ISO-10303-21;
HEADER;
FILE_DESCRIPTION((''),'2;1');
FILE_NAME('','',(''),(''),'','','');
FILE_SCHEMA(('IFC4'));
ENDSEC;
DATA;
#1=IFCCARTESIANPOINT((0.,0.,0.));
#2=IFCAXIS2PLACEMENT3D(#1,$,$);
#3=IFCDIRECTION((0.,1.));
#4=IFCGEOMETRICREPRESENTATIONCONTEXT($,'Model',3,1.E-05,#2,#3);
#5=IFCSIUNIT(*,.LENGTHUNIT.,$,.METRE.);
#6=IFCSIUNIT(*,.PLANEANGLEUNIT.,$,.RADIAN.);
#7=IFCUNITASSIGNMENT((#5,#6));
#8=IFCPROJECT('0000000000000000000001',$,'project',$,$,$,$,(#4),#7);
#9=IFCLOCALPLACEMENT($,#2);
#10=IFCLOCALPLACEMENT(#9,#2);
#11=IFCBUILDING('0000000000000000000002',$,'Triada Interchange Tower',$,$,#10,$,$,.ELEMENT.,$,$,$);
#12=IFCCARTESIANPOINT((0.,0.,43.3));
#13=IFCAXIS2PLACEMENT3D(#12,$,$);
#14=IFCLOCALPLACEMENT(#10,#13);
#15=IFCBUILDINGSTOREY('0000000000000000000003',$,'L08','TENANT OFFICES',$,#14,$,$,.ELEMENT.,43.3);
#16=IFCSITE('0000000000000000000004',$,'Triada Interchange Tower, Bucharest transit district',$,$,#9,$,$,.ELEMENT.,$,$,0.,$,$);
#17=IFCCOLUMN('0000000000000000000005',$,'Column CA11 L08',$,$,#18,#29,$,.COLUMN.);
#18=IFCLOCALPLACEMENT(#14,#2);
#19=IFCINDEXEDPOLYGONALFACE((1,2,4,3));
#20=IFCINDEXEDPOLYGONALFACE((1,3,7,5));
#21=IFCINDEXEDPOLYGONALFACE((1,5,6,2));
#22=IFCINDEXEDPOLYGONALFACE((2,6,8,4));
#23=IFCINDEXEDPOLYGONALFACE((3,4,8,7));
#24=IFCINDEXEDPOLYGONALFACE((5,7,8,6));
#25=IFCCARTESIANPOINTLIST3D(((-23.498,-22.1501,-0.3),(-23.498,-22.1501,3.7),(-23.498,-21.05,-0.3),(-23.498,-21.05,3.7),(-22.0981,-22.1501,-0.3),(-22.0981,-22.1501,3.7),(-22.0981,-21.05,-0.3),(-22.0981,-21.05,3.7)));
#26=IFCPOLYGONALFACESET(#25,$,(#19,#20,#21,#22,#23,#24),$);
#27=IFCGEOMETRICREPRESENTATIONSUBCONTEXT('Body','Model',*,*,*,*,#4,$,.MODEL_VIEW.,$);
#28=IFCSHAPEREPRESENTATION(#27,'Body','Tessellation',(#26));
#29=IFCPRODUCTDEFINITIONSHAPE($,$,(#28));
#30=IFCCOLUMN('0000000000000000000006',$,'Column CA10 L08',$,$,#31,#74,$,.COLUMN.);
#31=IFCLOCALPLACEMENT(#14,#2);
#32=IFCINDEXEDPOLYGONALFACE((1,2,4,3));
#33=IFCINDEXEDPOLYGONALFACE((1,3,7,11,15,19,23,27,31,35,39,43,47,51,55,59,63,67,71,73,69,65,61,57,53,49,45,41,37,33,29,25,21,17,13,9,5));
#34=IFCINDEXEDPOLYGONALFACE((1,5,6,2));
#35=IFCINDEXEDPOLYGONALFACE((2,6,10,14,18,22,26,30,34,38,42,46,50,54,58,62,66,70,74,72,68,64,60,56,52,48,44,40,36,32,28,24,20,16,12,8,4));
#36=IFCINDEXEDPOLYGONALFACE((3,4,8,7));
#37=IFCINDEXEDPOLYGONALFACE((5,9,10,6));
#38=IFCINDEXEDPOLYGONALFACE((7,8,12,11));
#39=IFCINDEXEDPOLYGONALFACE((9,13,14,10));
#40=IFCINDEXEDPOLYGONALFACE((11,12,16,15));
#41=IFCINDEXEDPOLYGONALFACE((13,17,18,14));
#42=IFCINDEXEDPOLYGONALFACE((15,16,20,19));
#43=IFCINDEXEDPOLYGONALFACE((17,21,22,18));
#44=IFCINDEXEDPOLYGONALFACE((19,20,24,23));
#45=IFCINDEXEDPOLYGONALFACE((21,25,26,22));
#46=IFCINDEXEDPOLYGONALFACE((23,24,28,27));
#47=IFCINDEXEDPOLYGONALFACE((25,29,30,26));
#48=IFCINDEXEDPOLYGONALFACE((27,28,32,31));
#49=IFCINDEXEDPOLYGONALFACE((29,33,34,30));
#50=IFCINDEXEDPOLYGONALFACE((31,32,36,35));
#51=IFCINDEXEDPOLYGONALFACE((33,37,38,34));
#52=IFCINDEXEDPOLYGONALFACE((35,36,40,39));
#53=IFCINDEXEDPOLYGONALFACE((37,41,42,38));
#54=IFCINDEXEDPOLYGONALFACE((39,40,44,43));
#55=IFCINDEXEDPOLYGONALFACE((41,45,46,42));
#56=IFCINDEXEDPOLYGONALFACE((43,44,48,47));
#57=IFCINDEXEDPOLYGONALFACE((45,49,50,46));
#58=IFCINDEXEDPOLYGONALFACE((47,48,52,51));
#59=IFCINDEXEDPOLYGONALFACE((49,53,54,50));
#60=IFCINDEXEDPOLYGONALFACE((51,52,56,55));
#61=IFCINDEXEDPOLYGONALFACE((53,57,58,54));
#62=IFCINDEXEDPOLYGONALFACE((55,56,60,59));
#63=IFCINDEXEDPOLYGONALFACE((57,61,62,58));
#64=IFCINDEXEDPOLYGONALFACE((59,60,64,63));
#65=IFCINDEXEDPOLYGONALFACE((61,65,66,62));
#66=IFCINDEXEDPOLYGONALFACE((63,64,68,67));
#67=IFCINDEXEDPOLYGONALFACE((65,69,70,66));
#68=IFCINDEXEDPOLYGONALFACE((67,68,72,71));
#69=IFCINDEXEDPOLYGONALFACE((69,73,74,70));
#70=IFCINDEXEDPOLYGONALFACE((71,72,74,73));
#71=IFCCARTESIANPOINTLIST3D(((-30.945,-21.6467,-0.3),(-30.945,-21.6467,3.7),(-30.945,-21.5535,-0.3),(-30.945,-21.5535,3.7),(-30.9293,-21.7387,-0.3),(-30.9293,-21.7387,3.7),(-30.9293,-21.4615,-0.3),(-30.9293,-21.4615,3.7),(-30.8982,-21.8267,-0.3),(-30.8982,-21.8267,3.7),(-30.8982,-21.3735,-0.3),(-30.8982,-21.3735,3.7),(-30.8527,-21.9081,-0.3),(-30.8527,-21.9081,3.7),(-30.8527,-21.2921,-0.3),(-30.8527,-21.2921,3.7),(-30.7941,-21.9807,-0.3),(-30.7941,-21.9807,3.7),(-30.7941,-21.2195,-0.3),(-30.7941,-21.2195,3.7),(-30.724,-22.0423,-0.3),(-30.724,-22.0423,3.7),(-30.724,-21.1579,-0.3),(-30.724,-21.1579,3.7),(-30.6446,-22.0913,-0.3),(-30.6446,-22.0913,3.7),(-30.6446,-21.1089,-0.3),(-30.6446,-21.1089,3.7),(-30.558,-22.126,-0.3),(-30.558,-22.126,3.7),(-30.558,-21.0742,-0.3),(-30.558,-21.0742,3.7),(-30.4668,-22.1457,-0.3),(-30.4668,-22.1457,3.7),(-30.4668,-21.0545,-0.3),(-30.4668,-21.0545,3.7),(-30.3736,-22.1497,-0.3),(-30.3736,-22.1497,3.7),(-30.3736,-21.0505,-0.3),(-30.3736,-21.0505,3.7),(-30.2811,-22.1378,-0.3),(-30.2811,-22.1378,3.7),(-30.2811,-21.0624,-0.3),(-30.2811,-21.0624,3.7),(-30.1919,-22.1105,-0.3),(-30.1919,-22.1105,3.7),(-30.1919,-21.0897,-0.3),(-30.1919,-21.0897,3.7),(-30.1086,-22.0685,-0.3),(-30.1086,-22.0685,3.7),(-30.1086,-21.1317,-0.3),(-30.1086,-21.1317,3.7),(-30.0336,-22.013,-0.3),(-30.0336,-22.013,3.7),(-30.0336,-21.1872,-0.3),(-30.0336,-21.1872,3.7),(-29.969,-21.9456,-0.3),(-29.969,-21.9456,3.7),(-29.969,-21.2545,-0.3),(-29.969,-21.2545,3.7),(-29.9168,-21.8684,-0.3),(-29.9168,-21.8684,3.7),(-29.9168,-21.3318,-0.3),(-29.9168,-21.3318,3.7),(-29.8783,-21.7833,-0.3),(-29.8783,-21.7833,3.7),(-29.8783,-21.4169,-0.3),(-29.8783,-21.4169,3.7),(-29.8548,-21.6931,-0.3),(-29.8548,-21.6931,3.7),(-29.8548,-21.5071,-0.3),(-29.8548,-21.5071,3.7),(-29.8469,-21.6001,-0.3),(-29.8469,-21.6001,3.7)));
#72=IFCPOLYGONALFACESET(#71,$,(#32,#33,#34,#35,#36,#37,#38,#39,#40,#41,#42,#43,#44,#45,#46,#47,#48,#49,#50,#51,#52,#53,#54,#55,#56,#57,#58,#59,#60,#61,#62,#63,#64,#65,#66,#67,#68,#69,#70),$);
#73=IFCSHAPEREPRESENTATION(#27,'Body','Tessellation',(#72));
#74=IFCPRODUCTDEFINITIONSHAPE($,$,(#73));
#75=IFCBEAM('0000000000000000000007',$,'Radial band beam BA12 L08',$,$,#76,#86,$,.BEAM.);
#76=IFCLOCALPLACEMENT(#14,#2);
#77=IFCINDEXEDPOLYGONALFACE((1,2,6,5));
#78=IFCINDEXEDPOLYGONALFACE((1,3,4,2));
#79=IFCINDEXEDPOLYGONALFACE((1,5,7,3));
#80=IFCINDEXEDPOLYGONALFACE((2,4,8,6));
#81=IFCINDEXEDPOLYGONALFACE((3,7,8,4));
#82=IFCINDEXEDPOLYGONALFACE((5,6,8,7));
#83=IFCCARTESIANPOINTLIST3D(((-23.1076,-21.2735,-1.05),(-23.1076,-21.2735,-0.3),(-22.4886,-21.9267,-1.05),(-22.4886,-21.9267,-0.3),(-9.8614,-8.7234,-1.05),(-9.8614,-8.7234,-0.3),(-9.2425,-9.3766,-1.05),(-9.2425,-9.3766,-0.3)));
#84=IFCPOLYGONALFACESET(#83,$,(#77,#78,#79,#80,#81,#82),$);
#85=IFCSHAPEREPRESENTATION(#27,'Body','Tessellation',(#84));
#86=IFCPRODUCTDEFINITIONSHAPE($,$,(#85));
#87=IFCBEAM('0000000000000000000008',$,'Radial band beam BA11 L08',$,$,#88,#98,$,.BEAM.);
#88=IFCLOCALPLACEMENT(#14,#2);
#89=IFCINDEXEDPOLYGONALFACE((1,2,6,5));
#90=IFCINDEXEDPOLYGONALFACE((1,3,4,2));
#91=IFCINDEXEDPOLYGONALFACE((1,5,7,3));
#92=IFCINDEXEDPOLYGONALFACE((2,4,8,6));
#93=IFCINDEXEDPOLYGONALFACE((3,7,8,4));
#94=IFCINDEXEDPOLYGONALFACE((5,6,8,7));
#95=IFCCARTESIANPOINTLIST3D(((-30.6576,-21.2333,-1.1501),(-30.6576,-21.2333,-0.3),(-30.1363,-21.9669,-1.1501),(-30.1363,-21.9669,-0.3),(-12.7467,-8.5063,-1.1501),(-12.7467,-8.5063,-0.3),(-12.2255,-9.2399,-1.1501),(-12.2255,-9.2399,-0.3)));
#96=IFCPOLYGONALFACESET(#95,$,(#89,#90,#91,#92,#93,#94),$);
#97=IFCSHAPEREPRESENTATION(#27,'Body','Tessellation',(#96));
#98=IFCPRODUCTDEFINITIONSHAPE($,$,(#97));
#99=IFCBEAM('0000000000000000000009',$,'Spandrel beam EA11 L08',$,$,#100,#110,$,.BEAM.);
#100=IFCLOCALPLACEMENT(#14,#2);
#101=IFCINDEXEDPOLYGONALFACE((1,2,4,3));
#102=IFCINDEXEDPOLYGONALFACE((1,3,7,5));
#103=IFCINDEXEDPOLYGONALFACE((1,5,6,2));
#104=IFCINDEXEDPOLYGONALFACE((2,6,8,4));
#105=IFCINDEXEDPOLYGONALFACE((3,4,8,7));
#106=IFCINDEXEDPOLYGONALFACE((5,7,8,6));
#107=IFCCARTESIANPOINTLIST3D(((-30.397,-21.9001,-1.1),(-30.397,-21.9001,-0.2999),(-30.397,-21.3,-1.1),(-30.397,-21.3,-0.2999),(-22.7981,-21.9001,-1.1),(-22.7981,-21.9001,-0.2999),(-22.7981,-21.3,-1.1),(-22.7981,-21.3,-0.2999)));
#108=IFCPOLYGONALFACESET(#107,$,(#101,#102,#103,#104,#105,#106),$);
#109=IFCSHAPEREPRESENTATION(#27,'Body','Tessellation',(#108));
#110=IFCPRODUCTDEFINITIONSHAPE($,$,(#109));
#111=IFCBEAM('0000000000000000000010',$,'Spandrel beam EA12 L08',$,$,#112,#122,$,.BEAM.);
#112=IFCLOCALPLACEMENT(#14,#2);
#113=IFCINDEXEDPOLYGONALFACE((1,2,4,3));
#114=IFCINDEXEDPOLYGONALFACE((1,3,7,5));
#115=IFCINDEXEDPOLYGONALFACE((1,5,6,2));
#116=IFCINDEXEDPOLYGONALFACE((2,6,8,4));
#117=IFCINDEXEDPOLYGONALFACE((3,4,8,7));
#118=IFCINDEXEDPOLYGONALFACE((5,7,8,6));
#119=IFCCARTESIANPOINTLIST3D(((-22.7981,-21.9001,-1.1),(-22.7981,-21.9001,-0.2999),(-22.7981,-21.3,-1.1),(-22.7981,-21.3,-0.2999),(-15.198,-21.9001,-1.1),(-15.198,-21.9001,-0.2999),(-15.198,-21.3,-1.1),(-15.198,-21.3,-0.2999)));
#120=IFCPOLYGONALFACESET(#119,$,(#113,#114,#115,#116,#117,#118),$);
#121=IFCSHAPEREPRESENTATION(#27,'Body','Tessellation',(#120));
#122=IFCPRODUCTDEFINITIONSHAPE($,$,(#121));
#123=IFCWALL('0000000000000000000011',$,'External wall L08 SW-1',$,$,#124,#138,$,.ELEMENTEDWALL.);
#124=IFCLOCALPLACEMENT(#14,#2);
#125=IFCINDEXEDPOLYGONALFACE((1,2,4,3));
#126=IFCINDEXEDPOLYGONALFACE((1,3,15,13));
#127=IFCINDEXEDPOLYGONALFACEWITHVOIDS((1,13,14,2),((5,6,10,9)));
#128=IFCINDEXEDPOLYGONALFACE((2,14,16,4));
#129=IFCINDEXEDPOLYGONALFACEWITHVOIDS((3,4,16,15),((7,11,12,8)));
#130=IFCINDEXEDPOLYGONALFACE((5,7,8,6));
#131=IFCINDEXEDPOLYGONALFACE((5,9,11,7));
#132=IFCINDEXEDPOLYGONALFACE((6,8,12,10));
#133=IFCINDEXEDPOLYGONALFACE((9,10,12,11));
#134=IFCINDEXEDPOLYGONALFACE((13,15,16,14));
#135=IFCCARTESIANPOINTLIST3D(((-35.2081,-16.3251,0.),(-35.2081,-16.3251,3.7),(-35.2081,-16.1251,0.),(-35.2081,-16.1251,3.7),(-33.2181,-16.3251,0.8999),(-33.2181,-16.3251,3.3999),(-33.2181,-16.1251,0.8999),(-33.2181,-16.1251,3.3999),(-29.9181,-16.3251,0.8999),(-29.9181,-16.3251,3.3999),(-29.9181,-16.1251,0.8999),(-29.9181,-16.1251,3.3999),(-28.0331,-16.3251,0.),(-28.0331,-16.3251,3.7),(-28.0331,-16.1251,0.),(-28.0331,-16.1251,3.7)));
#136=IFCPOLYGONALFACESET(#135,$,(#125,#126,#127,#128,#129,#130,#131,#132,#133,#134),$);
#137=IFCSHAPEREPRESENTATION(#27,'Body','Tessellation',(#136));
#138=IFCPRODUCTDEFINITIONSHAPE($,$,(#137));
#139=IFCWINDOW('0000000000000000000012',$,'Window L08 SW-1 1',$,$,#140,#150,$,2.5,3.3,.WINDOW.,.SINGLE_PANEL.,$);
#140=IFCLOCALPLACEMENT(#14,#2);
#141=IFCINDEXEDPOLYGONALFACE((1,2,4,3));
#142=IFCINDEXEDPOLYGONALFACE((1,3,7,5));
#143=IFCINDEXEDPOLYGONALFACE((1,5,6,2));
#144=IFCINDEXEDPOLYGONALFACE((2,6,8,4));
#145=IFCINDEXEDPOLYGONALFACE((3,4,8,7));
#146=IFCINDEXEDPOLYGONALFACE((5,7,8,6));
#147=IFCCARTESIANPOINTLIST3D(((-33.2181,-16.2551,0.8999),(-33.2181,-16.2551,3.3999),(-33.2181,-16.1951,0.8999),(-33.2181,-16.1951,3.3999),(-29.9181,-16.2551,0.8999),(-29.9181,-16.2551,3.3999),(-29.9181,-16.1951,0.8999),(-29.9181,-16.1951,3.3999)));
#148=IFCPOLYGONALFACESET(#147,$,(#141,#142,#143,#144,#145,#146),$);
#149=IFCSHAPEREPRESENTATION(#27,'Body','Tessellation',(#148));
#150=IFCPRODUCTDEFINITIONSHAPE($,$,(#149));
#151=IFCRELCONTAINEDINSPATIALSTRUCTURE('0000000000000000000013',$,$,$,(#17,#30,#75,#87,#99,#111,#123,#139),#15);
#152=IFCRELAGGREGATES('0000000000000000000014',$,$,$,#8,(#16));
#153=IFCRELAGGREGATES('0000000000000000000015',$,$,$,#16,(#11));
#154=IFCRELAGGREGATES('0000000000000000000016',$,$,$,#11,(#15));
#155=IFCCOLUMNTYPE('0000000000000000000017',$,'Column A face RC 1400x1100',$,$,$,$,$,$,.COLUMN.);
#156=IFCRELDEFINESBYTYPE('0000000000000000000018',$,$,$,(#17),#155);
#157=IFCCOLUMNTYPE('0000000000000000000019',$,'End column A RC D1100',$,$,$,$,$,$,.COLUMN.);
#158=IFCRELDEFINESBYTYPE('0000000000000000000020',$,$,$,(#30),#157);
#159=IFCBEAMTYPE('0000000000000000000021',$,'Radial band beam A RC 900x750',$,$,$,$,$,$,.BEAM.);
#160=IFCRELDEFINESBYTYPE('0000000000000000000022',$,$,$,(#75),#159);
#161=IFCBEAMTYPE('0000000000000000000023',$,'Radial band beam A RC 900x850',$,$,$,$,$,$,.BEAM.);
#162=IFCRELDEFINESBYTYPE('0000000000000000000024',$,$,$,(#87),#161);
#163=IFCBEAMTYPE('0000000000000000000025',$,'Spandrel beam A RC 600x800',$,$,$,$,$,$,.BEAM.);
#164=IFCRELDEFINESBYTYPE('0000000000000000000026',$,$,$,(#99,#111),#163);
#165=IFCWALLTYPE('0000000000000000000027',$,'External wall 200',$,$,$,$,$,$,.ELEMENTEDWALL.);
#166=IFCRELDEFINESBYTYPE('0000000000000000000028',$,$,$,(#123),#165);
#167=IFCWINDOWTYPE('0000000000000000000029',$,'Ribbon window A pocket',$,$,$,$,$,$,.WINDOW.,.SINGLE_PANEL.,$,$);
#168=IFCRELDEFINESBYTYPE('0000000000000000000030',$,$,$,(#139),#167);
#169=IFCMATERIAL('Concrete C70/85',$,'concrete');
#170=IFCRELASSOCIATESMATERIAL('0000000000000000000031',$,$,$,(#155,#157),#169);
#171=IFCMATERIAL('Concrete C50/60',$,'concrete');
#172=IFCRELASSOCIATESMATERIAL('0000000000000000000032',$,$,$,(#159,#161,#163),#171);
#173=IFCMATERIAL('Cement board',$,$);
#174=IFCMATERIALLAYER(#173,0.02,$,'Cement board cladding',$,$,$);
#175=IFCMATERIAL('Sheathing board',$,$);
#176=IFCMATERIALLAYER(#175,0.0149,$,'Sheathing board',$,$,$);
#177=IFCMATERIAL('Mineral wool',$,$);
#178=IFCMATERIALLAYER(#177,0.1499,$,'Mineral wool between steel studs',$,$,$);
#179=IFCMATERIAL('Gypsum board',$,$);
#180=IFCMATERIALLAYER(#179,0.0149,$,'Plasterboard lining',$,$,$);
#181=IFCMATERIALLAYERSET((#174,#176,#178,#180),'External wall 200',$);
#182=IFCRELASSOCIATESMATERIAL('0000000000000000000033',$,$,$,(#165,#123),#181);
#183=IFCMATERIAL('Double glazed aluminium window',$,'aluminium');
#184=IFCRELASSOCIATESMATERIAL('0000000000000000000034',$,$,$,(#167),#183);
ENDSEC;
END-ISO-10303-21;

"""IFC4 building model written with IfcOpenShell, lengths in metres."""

from ifc_helpers import new_model, si_unit, direction, frame, frame_2d, origin, origin_2d, place, context, subcontext, project, spatial, rectangle, circle, extrude, material, layer, layer_set, layer_usage, material_profile, profile_set, type_object, element, fill, save


model = new_model("IFC4")

# Units and contexts
model_context = context("Model", 3, precision=1e-05, world=origin(), true_north=direction((0.0, 1.0)))
body_context = subcontext(model_context, "Body", "Model", "MODEL_VIEW")
ifc_project = project(units=[si_unit("LENGTHUNIT", "METRE"), si_unit("PLANEANGLEUNIT", "RADIAN")], contexts=[model_context])

# Site, building, storey
site_placement = place(None, origin())
site = spatial("IfcSite", under=ifc_project, at=site_placement, Name="Triada Interchange Tower, Bucharest transit district", CompositionType="ELEMENT", RefElevation=0.0)
building_placement = place(site_placement, origin())
building = spatial("IfcBuilding", under=site, at=building_placement, Name="Triada Interchange Tower", CompositionType="ELEMENT")
storey_placement = place(building_placement, frame((0.0, 0.0, 43.3)))
storey = spatial("IfcBuildingStorey", under=building, at=storey_placement, Name="L08", Description="TENANT OFFICES", CompositionType="ELEMENT", Elevation=43.3)

# Columns
ifc_material_1 = material(Name="Concrete C70/85", Category="concrete")
ifc_material_profile_1 = material_profile(ifc_material_1, rectangle(XDim=1.3999, YDim=1.1001, at=origin_2d()), Name="RC 1400x1100")
ifc_profile_set_1 = profile_set([ifc_material_profile_1], Name="Concrete C70/85")
column_type_1 = type_object("IfcColumnType", Name="Column A face RC 1400x1100", PredefinedType="COLUMN", material=ifc_profile_set_1)
column_1_placement = place(storey_placement, frame((-22.7981, -21.6001, -0.3), z_axis=(0.0, 0.0, 1.0), x_axis=(1.0, 0.0, 0.0)))
element("IfcColumn", 1, at=column_1_placement, inside=storey, type_object=column_type_1, Name="Column CA11 L08", PredefinedType="COLUMN", context=body_context, shape_type="SweptSolid", body=[
    extrude(rectangle(XDim=1.3999, YDim=1.1001, at=origin_2d()), origin(), (0.0, 0.0, 1.0), 4.0),
])
ifc_material_profile_2 = material_profile(ifc_material_1, circle(Radius=0.55, at=origin_2d()), Name="RC D1100")
ifc_profile_set_2 = profile_set([ifc_material_profile_2], Name="Concrete C70/85")
column_type_2 = type_object("IfcColumnType", Name="End column A RC D1100", PredefinedType="COLUMN", material=ifc_profile_set_2)
column_2_placement = place(storey_placement, frame((-30.397, -21.6001, -0.3), z_axis=(0.0, 0.0, 1.0), x_axis=(1.0, 0.0, 0.0)))
element("IfcColumn", 2, at=column_2_placement, inside=storey, type_object=column_type_2, Name="Column CA10 L08", PredefinedType="COLUMN", context=body_context, shape_type="SweptSolid", body=[
    extrude(circle(Radius=0.55, at=origin_2d()), origin(), (0.0, 0.0, 1.0), 4.0),
])

# Beams
ifc_material_2 = material(Name="Concrete C50/60", Category="concrete")
ifc_material_profile_3 = material_profile(ifc_material_2, rectangle(XDim=0.8999, YDim=0.75, at=origin_2d()), Name="RC 900x750")
ifc_profile_set_3 = profile_set([ifc_material_profile_3], Name="Concrete C50/60")
beam_type_1 = type_object("IfcBeamType", Name="Radial band beam A RC 900x750", PredefinedType="BEAM", material=ifc_profile_set_3)
beam_1_placement = place(storey_placement, frame((-22.7981, -21.6001, -0.675), z_axis=(0.725922, 0.687777, 0.0), x_axis=(-0.687777, 0.725922, 0.0)))
element("IfcBeam", 3, at=beam_1_placement, inside=storey, type_object=beam_type_1, Name="Radial band beam BA12 L08", PredefinedType="BEAM", context=body_context, shape_type="SweptSolid", body=[
    extrude(rectangle(XDim=0.8999, YDim=0.75, at=origin_2d()), origin(), (0.0, 0.0, 1.0), 18.2473),
])
ifc_material_profile_4 = material_profile(ifc_material_2, rectangle(XDim=0.8999, YDim=0.8501, at=origin_2d()), Name="RC 900x850")
ifc_profile_set_4 = profile_set([ifc_material_profile_4], Name="Concrete C50/60")
beam_type_2 = type_object("IfcBeamType", Name="Radial band beam A RC 900x850", PredefinedType="BEAM", material=ifc_profile_set_4)
beam_2_placement = place(storey_placement, frame((-30.397, -21.6001, -0.7251), z_axis=(0.815161, 0.579234, 0.0), x_axis=(-0.579234, 0.815161, 0.0)))
element("IfcBeam", 4, at=beam_2_placement, inside=storey, type_object=beam_type_2, Name="Radial band beam BA11 L08", PredefinedType="BEAM", context=body_context, shape_type="SweptSolid", body=[
    extrude(rectangle(XDim=0.8999, YDim=0.8501, at=origin_2d()), origin(), (0.0, 0.0, 1.0), 21.9722),
])
ifc_material_profile_5 = material_profile(ifc_material_2, rectangle(XDim=0.6001, YDim=0.8, at=origin_2d()), Name="RC 600x800")
ifc_profile_set_5 = profile_set([ifc_material_profile_5], Name="Concrete C50/60")
beam_type_3 = type_object("IfcBeamType", Name="Spandrel beam A RC 600x800", PredefinedType="BEAM", material=ifc_profile_set_5)
beam_3_placement = place(storey_placement, frame((-30.397, -21.6001, -0.7), z_axis=(1.0, 0.0, 0.0), x_axis=(0.0, 1.0, 0.0)))
element("IfcBeam", 5, at=beam_3_placement, inside=storey, type_object=beam_type_3, Name="Spandrel beam EA11 L08", PredefinedType="BEAM", context=body_context, shape_type="SweptSolid", body=[
    extrude(rectangle(XDim=0.6001, YDim=0.8, at=origin_2d()), origin(), (0.0, 0.0, 1.0), 7.5989),
])
beam_4_placement = place(storey_placement, frame((-22.7981, -21.6001, -0.7), z_axis=(1.0, 0.0, 0.0), x_axis=(0.0, 1.0, 0.0)))
element("IfcBeam", 6, at=beam_4_placement, inside=storey, type_object=beam_type_3, Name="Spandrel beam EA12 L08", PredefinedType="BEAM", context=body_context, shape_type="SweptSolid", body=[
    extrude(rectangle(XDim=0.6001, YDim=0.8, at=origin_2d()), origin(), (0.0, 0.0, 1.0), 7.6001),
])

# Wall, opening, window
ifc_material_3 = material(Name="Cement board")
ifc_layer_1 = layer(ifc_material_3, 0.02, Name="Cement board cladding")
ifc_material_4 = material(Name="Sheathing board")
ifc_layer_2 = layer(ifc_material_4, 0.0149, Name="Sheathing board")
ifc_material_5 = material(Name="Mineral wool")
ifc_layer_3 = layer(ifc_material_5, 0.1499, Name="Mineral wool between steel studs")
ifc_material_6 = material(Name="Gypsum board")
ifc_layer_4 = layer(ifc_material_6, 0.0149, Name="Plasterboard lining")
ifc_layer_set_1 = layer_set([ifc_layer_1, ifc_layer_2, ifc_layer_3, ifc_layer_4], Name="External wall 200")
ifc_layer_usage = layer_usage(ifc_layer_set_1, "AXIS2", "POSITIVE", -0.1001)
wall_type_1 = type_object("IfcWallType", Name="External wall 200", PredefinedType="ELEMENTEDWALL", material=ifc_layer_set_1)
wall_1_placement = place(storey_placement, frame((-35.208, -16.2251, 0.0), z_axis=(0.0, 0.0, 1.0), x_axis=(1.0, 0.0, 0.0)))
wall_1 = element("IfcWall", 7, at=wall_1_placement, inside=storey, type_object=wall_type_1, material=ifc_layer_usage, Name="External wall L08 SW-1", PredefinedType="ELEMENTEDWALL", context=body_context, shape_type="SweptSolid", body=[
    extrude(rectangle(XDim=7.175, YDim=0.2, at=frame_2d((3.5874, 0.0))), origin(), (0.0, 0.0, 1.0), 3.7),
])
opening_1_placement = place(wall_1_placement, frame((1.99, 0.0, 0.8999)))
opening_1 = element("IfcOpeningElement", 8, at=opening_1_placement, cuts=wall_1, PredefinedType="OPENING", context=body_context, shape_type="SweptSolid", body=[
    extrude(rectangle(XDim=3.3, YDim=2.5, at=frame_2d((1.6499, 1.25))), frame((0.0, 0.1099, 0.0), z_axis=(0.0, -1.0, 0.0), x_axis=(1.0, 0.0, 0.0)), (0.0, 0.0, 1.0), 0.22),
])
ifc_material_7 = material(Name="Double glazed aluminium window", Category="aluminium")
window_type_1 = type_object("IfcWindowType", Name="Ribbon window A pocket", PartitioningType="SINGLE_PANEL", PredefinedType="WINDOW", material=ifc_material_7)
window_1_placement = place(opening_1_placement, origin())
window_1 = element("IfcWindow", 9, at=window_1_placement, inside=storey, type_object=window_type_1, Name="Window L08 SW-1 1", OverallHeight=2.5, OverallWidth=3.3, PartitioningType="SINGLE_PANEL", PredefinedType="WINDOW", context=body_context, shape_type="SweptSolid", body=[
    extrude(rectangle(XDim=3.3, YDim=2.5, at=frame_2d((1.6499, 1.25))), frame((0.0, 0.03, 0.0), z_axis=(0.0, -1.0, 0.0), x_axis=(1.0, 0.0, 0.0)), (0.0, 0.0, 1.0), 0.0601),
])
fill(opening_1, window_1)

save(model, "model.ifc")
